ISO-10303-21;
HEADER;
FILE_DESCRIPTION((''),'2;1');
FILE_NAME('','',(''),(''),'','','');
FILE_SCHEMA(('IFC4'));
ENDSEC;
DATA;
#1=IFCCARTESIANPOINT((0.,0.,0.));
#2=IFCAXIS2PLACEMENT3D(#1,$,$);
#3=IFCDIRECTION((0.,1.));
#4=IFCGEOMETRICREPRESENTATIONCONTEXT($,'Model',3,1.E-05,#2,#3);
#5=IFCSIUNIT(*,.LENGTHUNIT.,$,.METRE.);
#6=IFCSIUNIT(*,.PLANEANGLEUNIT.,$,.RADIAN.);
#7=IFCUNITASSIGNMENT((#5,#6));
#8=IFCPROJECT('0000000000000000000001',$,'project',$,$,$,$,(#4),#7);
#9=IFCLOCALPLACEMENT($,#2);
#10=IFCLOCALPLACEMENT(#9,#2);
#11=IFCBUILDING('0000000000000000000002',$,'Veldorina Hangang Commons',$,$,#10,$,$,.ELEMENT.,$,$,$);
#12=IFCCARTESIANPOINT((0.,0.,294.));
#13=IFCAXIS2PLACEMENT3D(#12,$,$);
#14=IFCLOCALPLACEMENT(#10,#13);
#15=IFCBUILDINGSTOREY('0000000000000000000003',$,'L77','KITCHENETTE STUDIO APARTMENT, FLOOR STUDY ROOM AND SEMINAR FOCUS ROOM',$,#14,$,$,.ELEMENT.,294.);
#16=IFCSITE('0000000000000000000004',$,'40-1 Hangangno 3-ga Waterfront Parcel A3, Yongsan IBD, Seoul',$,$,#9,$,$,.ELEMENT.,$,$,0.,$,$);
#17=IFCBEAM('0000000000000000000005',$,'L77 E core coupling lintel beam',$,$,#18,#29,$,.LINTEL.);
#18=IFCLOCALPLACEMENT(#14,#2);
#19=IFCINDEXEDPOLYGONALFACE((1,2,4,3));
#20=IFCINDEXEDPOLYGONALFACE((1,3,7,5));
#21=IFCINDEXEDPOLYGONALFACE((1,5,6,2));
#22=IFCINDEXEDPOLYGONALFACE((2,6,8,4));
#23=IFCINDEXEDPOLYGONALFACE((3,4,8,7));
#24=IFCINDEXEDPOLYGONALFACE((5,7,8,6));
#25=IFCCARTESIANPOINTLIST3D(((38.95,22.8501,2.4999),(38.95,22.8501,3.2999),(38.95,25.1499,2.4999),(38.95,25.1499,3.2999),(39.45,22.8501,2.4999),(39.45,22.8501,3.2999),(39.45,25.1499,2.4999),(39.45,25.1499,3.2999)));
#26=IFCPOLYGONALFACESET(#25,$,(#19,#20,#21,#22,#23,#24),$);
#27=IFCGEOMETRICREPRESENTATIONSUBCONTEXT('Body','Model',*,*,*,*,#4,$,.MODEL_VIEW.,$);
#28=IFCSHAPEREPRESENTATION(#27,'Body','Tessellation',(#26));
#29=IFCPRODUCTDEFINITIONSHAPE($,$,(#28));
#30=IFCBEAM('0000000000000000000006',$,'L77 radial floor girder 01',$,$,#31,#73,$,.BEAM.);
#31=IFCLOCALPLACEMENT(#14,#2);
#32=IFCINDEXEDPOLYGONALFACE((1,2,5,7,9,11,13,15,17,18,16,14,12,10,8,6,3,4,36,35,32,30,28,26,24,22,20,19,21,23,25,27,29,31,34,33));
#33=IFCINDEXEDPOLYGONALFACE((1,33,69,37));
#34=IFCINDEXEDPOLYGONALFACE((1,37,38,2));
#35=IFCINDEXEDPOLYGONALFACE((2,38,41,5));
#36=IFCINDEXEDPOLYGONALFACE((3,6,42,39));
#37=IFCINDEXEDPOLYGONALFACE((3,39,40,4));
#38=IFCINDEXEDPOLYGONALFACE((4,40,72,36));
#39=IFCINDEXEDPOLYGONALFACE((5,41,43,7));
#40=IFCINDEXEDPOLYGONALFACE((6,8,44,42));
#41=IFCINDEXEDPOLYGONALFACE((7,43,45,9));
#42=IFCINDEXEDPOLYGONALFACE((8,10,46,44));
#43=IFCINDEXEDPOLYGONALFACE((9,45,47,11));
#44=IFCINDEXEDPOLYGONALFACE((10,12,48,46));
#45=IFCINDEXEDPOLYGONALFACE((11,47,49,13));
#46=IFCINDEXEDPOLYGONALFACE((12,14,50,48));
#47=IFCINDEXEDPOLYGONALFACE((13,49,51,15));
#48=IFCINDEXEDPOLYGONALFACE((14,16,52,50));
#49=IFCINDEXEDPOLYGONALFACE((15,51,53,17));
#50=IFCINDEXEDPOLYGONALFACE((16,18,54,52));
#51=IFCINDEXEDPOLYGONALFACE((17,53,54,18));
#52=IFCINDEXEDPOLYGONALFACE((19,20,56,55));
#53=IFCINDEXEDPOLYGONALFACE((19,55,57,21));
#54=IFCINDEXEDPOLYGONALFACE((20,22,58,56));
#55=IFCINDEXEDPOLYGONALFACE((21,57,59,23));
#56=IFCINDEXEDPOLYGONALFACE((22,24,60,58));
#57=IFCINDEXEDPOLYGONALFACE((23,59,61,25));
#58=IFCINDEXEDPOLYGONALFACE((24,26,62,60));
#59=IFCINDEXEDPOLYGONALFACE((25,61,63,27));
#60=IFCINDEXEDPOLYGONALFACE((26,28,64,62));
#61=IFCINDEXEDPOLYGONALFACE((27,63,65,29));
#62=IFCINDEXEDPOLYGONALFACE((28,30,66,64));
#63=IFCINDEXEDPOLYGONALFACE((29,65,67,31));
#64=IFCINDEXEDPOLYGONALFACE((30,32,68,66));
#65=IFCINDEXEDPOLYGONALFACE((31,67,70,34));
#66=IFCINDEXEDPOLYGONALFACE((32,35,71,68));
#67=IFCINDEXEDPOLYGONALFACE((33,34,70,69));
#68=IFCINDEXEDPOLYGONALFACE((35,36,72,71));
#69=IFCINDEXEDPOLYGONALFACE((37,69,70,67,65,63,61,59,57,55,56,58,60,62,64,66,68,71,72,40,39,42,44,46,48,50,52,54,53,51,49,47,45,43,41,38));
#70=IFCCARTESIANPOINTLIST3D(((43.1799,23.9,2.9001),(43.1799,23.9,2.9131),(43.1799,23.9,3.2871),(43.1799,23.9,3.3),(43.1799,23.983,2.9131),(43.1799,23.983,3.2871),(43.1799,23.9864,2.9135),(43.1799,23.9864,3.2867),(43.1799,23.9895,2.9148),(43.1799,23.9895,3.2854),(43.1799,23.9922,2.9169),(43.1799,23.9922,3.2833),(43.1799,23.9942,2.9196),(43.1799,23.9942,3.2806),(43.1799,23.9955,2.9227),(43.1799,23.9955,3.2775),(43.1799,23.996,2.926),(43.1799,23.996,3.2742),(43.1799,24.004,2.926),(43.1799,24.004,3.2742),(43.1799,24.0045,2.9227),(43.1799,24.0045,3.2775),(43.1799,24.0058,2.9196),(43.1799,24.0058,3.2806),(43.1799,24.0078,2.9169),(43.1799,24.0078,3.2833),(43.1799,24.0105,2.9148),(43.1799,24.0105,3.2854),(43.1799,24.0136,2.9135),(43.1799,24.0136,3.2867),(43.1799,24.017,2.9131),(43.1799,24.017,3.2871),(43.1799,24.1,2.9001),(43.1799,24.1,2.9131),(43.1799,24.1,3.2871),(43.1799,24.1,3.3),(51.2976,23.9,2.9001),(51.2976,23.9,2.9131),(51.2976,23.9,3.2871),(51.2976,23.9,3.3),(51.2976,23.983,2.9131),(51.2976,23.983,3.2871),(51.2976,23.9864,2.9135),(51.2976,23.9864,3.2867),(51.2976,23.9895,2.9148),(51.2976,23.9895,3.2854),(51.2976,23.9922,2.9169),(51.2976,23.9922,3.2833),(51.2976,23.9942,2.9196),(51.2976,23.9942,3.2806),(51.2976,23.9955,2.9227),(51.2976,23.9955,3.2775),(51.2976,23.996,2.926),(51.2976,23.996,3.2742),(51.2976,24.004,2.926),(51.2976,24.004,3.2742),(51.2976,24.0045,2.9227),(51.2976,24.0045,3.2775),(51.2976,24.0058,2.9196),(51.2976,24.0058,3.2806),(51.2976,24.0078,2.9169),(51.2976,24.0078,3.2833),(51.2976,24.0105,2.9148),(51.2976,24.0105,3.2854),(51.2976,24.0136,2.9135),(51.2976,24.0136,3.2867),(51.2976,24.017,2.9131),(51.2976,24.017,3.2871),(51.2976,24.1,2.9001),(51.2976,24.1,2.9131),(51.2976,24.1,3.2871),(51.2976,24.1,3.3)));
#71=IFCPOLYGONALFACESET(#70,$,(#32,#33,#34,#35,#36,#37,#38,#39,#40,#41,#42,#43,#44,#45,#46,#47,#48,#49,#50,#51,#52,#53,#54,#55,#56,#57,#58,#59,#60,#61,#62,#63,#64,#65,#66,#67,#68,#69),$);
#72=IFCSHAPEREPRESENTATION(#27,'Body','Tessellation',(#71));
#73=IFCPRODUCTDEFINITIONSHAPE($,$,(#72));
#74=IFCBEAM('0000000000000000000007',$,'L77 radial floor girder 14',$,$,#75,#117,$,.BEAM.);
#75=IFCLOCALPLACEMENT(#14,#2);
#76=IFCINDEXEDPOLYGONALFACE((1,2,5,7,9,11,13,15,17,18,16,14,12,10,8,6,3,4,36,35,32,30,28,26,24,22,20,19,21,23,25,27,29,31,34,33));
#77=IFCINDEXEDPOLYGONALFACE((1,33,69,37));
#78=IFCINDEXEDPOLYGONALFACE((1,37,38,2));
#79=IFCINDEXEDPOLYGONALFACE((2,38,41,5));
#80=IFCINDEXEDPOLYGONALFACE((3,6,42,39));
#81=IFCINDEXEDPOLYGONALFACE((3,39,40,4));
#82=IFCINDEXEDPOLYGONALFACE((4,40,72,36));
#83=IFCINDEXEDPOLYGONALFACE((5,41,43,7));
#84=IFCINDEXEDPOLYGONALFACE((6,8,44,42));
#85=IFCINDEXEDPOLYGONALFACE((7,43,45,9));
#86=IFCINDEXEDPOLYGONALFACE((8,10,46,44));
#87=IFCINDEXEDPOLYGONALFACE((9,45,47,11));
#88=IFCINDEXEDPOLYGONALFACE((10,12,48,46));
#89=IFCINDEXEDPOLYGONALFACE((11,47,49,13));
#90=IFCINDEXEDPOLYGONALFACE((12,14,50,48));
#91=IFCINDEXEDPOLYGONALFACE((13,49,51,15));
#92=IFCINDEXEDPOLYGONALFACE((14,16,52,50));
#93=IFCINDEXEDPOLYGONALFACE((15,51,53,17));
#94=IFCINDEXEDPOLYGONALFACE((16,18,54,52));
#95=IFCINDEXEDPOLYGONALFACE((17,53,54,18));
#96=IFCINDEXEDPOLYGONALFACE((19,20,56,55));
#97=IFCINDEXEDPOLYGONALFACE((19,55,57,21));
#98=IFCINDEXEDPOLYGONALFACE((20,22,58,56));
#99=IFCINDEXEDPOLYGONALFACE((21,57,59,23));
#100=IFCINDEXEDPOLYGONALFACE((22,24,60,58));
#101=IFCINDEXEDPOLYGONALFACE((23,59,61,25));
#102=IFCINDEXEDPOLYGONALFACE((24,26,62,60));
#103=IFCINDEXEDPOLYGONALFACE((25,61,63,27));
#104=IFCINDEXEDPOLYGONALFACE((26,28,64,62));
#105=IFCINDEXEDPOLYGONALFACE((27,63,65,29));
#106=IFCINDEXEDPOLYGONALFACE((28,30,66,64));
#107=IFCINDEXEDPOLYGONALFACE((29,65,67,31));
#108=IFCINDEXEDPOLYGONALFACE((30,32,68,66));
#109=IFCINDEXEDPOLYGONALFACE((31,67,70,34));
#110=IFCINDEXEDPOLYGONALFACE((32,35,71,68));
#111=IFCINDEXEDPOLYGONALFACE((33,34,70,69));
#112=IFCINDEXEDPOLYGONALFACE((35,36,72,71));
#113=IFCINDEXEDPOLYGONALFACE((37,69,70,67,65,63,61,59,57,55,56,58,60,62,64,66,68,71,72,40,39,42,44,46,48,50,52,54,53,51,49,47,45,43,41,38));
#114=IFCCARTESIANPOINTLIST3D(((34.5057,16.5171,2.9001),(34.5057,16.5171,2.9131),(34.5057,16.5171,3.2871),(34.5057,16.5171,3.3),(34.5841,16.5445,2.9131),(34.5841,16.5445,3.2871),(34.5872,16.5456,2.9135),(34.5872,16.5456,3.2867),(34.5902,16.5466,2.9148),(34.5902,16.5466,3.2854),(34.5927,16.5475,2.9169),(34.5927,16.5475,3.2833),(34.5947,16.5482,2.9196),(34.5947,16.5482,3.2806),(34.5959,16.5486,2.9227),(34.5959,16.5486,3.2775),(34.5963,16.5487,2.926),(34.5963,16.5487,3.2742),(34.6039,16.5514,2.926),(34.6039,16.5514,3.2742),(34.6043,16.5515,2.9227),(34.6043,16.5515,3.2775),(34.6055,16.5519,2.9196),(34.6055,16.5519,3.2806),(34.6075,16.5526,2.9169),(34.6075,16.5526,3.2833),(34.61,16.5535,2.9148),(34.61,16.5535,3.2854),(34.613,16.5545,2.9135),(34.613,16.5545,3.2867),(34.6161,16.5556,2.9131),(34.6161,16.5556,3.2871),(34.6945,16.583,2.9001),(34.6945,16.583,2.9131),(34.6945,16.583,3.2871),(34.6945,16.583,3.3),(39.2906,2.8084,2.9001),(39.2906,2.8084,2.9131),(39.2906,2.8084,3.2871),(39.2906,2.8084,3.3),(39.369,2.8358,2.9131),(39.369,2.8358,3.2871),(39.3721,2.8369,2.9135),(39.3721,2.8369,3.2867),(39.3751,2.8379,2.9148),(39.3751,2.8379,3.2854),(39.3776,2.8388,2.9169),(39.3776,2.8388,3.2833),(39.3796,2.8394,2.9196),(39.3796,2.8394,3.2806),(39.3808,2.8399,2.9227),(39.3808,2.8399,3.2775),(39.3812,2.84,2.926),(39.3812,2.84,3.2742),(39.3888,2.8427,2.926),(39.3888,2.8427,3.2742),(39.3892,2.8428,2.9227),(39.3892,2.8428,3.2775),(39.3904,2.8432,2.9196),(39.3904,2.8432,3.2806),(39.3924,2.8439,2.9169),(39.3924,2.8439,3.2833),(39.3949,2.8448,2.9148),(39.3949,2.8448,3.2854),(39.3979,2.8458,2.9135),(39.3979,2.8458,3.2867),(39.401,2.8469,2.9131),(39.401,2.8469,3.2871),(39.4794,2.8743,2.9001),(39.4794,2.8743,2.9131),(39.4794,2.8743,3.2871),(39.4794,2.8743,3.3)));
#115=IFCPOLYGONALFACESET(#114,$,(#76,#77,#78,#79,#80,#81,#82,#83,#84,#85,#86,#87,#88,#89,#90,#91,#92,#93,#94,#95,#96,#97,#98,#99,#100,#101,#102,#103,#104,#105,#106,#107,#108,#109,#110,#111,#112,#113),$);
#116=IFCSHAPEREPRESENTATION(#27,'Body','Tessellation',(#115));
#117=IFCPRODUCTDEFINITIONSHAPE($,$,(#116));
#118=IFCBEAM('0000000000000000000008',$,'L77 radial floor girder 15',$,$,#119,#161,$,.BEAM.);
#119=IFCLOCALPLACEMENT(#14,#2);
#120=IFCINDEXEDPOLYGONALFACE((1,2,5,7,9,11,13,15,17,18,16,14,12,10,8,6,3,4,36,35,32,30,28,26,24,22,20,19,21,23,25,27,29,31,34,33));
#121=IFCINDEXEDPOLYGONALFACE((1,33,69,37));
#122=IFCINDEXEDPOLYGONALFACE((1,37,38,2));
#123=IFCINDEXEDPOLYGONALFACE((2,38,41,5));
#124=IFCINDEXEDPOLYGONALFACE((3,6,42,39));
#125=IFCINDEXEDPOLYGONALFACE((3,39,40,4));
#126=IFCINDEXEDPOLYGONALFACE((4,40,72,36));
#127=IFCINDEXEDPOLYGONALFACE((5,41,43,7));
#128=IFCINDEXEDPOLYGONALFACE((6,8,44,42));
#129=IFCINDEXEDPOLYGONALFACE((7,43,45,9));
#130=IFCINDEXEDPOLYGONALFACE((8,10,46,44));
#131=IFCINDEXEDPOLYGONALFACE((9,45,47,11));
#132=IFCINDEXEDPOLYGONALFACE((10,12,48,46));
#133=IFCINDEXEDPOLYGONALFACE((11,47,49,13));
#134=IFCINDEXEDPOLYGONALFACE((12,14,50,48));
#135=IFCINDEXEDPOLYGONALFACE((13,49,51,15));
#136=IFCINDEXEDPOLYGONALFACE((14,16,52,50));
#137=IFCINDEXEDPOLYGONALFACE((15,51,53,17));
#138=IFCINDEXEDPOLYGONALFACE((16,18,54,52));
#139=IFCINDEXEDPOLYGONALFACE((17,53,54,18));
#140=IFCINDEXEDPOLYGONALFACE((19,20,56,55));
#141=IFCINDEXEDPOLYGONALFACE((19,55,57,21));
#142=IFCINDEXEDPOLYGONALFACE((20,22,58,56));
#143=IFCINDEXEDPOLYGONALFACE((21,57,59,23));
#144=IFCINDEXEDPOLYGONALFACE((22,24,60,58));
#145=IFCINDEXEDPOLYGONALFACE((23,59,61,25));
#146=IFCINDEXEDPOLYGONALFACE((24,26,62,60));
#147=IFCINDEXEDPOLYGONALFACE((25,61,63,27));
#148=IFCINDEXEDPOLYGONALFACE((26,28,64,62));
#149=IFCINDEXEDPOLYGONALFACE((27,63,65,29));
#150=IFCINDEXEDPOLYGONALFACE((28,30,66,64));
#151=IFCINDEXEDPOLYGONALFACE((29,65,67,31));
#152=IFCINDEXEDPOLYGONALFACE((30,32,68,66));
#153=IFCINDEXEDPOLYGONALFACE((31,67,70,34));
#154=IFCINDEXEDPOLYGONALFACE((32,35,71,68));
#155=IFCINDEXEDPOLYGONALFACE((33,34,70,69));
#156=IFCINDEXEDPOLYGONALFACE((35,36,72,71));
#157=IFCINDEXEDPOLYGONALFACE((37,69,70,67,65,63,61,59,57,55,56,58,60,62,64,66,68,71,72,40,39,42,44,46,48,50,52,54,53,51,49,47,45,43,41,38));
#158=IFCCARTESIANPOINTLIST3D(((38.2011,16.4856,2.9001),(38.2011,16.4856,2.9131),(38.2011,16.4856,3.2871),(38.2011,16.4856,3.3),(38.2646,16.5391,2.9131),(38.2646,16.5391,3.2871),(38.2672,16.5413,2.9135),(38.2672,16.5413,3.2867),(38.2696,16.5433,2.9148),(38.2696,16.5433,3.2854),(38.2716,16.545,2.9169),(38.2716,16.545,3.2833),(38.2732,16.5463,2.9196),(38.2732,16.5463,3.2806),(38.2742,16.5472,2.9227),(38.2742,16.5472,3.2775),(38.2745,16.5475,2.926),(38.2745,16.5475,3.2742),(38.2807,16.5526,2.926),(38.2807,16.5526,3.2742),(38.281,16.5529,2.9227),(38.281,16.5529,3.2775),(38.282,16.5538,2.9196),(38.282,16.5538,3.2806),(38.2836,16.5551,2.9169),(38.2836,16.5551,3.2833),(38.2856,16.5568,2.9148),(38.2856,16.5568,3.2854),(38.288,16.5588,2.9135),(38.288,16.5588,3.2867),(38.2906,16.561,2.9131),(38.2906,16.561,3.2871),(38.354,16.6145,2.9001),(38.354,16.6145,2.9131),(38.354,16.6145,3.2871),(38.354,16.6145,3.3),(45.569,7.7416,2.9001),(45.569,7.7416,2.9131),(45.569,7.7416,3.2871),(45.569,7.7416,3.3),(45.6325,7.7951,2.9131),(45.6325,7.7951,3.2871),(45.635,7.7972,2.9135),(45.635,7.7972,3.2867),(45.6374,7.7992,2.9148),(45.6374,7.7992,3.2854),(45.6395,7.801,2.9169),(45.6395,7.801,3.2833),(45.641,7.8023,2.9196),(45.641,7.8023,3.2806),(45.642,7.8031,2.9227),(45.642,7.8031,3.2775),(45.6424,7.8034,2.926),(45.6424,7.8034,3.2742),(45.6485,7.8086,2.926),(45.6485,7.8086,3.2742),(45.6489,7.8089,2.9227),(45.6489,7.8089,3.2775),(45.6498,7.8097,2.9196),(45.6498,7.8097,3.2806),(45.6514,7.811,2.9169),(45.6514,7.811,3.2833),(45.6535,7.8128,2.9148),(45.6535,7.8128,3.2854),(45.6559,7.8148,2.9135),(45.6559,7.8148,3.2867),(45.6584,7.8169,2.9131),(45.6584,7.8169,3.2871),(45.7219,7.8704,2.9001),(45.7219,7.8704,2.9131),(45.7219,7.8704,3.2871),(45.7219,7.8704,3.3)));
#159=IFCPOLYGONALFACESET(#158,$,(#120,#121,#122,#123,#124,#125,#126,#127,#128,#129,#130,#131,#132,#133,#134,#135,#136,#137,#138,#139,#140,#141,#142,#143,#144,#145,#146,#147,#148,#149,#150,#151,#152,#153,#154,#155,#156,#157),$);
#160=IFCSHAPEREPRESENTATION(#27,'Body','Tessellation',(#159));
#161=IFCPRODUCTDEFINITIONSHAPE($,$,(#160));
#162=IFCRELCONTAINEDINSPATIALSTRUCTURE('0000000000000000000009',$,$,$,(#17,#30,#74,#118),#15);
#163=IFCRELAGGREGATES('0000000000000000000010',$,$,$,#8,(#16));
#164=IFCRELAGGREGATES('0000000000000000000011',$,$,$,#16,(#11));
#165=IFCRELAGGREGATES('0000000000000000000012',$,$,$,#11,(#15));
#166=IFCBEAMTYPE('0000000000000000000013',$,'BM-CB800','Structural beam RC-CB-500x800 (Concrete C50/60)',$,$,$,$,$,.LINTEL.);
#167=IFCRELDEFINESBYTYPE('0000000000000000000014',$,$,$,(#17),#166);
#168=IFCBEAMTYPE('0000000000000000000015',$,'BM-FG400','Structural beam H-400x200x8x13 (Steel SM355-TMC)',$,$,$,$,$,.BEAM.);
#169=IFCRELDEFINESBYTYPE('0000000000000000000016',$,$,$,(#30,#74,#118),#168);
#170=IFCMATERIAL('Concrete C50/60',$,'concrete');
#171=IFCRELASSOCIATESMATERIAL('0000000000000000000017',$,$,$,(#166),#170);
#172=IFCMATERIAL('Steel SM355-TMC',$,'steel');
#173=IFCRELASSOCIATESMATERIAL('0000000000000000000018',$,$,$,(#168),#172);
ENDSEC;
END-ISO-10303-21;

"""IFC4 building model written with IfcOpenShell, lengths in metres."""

from ifc_helpers import new_model, si_unit, direction, frame, origin, origin_2d, place, context, subcontext, project, spatial, rectangle, i_section, extrude, material, material_profile, profile_set, type_object, element, save


model = new_model("IFC4")

# Units and contexts
model_context = context("Model", 3, precision=1e-05, world=origin(), true_north=direction((0.0, 1.0)))
body_context = subcontext(model_context, "Body", "Model", "MODEL_VIEW")
ifc_project = project(units=[si_unit("LENGTHUNIT", "METRE"), si_unit("PLANEANGLEUNIT", "RADIAN")], contexts=[model_context])

# Site, building, storey
site_placement = place(None, origin())
site = spatial("IfcSite", under=ifc_project, at=site_placement, Name="40-1 Hangangno 3-ga Waterfront Parcel A3, Yongsan IBD, Seoul", CompositionType="ELEMENT", RefElevation=0.0)
building_placement = place(site_placement, origin())
building = spatial("IfcBuilding", under=site, at=building_placement, Name="Veldorina Hangang Commons", CompositionType="ELEMENT")
storey_placement = place(building_placement, frame((0.0, 0.0, 294.0)))
storey = spatial("IfcBuildingStorey", under=building, at=storey_placement, Name="L77", Description="KITCHENETTE STUDIO APARTMENT, FLOOR STUDY ROOM AND SEMINAR FOCUS ROOM", CompositionType="ELEMENT", Elevation=294.0)

# Beams
ifc_material_1 = material(Name="Concrete C50/60", Category="concrete")
ifc_material_profile_1 = material_profile(ifc_material_1, rectangle(XDim=0.5, YDim=0.8, at=origin_2d()), Name="RC-CB-500x800")
ifc_profile_set_1 = profile_set([ifc_material_profile_1], Name="Concrete C50/60")
beam_type_1 = type_object("IfcBeamType", Name="BM-CB800", Description="Structural beam RC-CB-500x800 (Concrete C50/60)", PredefinedType="LINTEL", material=ifc_profile_set_1)
beam_1_placement = place(storey_placement, frame((39.2, 22.8501, 2.8999), z_axis=(0.0, 1.0, 0.0), x_axis=(-1.0, 0.0, 0.0)))
element("IfcBeam", 1, at=beam_1_placement, inside=storey, type_object=beam_type_1, Name="L77 E core coupling lintel beam", PredefinedType="LINTEL", context=body_context, shape_type="SweptSolid", body=[
    extrude(rectangle(XDim=0.5, YDim=0.8, at=origin_2d()), origin(), (0.0, 0.0, 1.0), 2.2998),
])
ifc_material_2 = material(Name="Steel SM355-TMC", Category="steel")
ifc_material_profile_2 = material_profile(ifc_material_2, i_section(OverallWidth=0.2, OverallDepth=0.3999, WebThickness=0.0081, FlangeThickness=0.0129, FilletRadius=0.0129, at=origin_2d()), Name="H-400x200x8x13")
ifc_profile_set_2 = profile_set([ifc_material_profile_2], Name="Steel SM355-TMC")
beam_type_2 = type_object("IfcBeamType", Name="BM-FG400", Description="Structural beam H-400x200x8x13 (Steel SM355-TMC)", PredefinedType="BEAM", material=ifc_profile_set_2)
beam_2_placement = place(storey_placement, frame((43.1799, 24.0, 3.1001), z_axis=(1.0, 0.0, 0.0), x_axis=(0.0, 1.0, 0.0)))
element("IfcBeam", 2, at=beam_2_placement, inside=storey, type_object=beam_type_2, Name="L77 radial floor girder 01", PredefinedType="BEAM", context=body_context, shape_type="SweptSolid", body=[
    extrude(i_section(OverallWidth=0.2, OverallDepth=0.3999, WebThickness=0.0081, FlangeThickness=0.0129, FilletRadius=0.0129, at=origin_2d()), origin(), (0.0, 0.0, 1.0), 8.1177),
])
beam_3_placement = place(storey_placement, frame((34.6001, 16.55, 3.1001), z_axis=(0.329544, -0.94414, 0.0), x_axis=(0.94414, 0.329544, 0.0)))
element("IfcBeam", 3, at=beam_3_placement, inside=storey, type_object=beam_type_2, Name="L77 radial floor girder 14", PredefinedType="BEAM", context=body_context, shape_type="SweptSolid", body=[
    extrude(i_section(OverallWidth=0.2, OverallDepth=0.3999, WebThickness=0.0081, FlangeThickness=0.0129, FilletRadius=0.0129, at=origin_2d()), origin(), (0.0, 0.0, 1.0), 14.5198),
])
beam_4_placement = place(storey_placement, frame((38.2776, 16.55, 3.1001), z_axis=(0.644363, -0.76472, 0.0), x_axis=(0.76472, 0.644363, 0.0)))
element("IfcBeam", 4, at=beam_4_placement, inside=storey, type_object=beam_type_2, Name="L77 radial floor girder 15", PredefinedType="BEAM", context=body_context, shape_type="SweptSolid", body=[
    extrude(i_section(OverallWidth=0.2, OverallDepth=0.3999, WebThickness=0.0081, FlangeThickness=0.0129, FilletRadius=0.0129, at=origin_2d()), origin(), (0.0, 0.0, 1.0), 11.4343),
])

save(model, "model.ifc")
